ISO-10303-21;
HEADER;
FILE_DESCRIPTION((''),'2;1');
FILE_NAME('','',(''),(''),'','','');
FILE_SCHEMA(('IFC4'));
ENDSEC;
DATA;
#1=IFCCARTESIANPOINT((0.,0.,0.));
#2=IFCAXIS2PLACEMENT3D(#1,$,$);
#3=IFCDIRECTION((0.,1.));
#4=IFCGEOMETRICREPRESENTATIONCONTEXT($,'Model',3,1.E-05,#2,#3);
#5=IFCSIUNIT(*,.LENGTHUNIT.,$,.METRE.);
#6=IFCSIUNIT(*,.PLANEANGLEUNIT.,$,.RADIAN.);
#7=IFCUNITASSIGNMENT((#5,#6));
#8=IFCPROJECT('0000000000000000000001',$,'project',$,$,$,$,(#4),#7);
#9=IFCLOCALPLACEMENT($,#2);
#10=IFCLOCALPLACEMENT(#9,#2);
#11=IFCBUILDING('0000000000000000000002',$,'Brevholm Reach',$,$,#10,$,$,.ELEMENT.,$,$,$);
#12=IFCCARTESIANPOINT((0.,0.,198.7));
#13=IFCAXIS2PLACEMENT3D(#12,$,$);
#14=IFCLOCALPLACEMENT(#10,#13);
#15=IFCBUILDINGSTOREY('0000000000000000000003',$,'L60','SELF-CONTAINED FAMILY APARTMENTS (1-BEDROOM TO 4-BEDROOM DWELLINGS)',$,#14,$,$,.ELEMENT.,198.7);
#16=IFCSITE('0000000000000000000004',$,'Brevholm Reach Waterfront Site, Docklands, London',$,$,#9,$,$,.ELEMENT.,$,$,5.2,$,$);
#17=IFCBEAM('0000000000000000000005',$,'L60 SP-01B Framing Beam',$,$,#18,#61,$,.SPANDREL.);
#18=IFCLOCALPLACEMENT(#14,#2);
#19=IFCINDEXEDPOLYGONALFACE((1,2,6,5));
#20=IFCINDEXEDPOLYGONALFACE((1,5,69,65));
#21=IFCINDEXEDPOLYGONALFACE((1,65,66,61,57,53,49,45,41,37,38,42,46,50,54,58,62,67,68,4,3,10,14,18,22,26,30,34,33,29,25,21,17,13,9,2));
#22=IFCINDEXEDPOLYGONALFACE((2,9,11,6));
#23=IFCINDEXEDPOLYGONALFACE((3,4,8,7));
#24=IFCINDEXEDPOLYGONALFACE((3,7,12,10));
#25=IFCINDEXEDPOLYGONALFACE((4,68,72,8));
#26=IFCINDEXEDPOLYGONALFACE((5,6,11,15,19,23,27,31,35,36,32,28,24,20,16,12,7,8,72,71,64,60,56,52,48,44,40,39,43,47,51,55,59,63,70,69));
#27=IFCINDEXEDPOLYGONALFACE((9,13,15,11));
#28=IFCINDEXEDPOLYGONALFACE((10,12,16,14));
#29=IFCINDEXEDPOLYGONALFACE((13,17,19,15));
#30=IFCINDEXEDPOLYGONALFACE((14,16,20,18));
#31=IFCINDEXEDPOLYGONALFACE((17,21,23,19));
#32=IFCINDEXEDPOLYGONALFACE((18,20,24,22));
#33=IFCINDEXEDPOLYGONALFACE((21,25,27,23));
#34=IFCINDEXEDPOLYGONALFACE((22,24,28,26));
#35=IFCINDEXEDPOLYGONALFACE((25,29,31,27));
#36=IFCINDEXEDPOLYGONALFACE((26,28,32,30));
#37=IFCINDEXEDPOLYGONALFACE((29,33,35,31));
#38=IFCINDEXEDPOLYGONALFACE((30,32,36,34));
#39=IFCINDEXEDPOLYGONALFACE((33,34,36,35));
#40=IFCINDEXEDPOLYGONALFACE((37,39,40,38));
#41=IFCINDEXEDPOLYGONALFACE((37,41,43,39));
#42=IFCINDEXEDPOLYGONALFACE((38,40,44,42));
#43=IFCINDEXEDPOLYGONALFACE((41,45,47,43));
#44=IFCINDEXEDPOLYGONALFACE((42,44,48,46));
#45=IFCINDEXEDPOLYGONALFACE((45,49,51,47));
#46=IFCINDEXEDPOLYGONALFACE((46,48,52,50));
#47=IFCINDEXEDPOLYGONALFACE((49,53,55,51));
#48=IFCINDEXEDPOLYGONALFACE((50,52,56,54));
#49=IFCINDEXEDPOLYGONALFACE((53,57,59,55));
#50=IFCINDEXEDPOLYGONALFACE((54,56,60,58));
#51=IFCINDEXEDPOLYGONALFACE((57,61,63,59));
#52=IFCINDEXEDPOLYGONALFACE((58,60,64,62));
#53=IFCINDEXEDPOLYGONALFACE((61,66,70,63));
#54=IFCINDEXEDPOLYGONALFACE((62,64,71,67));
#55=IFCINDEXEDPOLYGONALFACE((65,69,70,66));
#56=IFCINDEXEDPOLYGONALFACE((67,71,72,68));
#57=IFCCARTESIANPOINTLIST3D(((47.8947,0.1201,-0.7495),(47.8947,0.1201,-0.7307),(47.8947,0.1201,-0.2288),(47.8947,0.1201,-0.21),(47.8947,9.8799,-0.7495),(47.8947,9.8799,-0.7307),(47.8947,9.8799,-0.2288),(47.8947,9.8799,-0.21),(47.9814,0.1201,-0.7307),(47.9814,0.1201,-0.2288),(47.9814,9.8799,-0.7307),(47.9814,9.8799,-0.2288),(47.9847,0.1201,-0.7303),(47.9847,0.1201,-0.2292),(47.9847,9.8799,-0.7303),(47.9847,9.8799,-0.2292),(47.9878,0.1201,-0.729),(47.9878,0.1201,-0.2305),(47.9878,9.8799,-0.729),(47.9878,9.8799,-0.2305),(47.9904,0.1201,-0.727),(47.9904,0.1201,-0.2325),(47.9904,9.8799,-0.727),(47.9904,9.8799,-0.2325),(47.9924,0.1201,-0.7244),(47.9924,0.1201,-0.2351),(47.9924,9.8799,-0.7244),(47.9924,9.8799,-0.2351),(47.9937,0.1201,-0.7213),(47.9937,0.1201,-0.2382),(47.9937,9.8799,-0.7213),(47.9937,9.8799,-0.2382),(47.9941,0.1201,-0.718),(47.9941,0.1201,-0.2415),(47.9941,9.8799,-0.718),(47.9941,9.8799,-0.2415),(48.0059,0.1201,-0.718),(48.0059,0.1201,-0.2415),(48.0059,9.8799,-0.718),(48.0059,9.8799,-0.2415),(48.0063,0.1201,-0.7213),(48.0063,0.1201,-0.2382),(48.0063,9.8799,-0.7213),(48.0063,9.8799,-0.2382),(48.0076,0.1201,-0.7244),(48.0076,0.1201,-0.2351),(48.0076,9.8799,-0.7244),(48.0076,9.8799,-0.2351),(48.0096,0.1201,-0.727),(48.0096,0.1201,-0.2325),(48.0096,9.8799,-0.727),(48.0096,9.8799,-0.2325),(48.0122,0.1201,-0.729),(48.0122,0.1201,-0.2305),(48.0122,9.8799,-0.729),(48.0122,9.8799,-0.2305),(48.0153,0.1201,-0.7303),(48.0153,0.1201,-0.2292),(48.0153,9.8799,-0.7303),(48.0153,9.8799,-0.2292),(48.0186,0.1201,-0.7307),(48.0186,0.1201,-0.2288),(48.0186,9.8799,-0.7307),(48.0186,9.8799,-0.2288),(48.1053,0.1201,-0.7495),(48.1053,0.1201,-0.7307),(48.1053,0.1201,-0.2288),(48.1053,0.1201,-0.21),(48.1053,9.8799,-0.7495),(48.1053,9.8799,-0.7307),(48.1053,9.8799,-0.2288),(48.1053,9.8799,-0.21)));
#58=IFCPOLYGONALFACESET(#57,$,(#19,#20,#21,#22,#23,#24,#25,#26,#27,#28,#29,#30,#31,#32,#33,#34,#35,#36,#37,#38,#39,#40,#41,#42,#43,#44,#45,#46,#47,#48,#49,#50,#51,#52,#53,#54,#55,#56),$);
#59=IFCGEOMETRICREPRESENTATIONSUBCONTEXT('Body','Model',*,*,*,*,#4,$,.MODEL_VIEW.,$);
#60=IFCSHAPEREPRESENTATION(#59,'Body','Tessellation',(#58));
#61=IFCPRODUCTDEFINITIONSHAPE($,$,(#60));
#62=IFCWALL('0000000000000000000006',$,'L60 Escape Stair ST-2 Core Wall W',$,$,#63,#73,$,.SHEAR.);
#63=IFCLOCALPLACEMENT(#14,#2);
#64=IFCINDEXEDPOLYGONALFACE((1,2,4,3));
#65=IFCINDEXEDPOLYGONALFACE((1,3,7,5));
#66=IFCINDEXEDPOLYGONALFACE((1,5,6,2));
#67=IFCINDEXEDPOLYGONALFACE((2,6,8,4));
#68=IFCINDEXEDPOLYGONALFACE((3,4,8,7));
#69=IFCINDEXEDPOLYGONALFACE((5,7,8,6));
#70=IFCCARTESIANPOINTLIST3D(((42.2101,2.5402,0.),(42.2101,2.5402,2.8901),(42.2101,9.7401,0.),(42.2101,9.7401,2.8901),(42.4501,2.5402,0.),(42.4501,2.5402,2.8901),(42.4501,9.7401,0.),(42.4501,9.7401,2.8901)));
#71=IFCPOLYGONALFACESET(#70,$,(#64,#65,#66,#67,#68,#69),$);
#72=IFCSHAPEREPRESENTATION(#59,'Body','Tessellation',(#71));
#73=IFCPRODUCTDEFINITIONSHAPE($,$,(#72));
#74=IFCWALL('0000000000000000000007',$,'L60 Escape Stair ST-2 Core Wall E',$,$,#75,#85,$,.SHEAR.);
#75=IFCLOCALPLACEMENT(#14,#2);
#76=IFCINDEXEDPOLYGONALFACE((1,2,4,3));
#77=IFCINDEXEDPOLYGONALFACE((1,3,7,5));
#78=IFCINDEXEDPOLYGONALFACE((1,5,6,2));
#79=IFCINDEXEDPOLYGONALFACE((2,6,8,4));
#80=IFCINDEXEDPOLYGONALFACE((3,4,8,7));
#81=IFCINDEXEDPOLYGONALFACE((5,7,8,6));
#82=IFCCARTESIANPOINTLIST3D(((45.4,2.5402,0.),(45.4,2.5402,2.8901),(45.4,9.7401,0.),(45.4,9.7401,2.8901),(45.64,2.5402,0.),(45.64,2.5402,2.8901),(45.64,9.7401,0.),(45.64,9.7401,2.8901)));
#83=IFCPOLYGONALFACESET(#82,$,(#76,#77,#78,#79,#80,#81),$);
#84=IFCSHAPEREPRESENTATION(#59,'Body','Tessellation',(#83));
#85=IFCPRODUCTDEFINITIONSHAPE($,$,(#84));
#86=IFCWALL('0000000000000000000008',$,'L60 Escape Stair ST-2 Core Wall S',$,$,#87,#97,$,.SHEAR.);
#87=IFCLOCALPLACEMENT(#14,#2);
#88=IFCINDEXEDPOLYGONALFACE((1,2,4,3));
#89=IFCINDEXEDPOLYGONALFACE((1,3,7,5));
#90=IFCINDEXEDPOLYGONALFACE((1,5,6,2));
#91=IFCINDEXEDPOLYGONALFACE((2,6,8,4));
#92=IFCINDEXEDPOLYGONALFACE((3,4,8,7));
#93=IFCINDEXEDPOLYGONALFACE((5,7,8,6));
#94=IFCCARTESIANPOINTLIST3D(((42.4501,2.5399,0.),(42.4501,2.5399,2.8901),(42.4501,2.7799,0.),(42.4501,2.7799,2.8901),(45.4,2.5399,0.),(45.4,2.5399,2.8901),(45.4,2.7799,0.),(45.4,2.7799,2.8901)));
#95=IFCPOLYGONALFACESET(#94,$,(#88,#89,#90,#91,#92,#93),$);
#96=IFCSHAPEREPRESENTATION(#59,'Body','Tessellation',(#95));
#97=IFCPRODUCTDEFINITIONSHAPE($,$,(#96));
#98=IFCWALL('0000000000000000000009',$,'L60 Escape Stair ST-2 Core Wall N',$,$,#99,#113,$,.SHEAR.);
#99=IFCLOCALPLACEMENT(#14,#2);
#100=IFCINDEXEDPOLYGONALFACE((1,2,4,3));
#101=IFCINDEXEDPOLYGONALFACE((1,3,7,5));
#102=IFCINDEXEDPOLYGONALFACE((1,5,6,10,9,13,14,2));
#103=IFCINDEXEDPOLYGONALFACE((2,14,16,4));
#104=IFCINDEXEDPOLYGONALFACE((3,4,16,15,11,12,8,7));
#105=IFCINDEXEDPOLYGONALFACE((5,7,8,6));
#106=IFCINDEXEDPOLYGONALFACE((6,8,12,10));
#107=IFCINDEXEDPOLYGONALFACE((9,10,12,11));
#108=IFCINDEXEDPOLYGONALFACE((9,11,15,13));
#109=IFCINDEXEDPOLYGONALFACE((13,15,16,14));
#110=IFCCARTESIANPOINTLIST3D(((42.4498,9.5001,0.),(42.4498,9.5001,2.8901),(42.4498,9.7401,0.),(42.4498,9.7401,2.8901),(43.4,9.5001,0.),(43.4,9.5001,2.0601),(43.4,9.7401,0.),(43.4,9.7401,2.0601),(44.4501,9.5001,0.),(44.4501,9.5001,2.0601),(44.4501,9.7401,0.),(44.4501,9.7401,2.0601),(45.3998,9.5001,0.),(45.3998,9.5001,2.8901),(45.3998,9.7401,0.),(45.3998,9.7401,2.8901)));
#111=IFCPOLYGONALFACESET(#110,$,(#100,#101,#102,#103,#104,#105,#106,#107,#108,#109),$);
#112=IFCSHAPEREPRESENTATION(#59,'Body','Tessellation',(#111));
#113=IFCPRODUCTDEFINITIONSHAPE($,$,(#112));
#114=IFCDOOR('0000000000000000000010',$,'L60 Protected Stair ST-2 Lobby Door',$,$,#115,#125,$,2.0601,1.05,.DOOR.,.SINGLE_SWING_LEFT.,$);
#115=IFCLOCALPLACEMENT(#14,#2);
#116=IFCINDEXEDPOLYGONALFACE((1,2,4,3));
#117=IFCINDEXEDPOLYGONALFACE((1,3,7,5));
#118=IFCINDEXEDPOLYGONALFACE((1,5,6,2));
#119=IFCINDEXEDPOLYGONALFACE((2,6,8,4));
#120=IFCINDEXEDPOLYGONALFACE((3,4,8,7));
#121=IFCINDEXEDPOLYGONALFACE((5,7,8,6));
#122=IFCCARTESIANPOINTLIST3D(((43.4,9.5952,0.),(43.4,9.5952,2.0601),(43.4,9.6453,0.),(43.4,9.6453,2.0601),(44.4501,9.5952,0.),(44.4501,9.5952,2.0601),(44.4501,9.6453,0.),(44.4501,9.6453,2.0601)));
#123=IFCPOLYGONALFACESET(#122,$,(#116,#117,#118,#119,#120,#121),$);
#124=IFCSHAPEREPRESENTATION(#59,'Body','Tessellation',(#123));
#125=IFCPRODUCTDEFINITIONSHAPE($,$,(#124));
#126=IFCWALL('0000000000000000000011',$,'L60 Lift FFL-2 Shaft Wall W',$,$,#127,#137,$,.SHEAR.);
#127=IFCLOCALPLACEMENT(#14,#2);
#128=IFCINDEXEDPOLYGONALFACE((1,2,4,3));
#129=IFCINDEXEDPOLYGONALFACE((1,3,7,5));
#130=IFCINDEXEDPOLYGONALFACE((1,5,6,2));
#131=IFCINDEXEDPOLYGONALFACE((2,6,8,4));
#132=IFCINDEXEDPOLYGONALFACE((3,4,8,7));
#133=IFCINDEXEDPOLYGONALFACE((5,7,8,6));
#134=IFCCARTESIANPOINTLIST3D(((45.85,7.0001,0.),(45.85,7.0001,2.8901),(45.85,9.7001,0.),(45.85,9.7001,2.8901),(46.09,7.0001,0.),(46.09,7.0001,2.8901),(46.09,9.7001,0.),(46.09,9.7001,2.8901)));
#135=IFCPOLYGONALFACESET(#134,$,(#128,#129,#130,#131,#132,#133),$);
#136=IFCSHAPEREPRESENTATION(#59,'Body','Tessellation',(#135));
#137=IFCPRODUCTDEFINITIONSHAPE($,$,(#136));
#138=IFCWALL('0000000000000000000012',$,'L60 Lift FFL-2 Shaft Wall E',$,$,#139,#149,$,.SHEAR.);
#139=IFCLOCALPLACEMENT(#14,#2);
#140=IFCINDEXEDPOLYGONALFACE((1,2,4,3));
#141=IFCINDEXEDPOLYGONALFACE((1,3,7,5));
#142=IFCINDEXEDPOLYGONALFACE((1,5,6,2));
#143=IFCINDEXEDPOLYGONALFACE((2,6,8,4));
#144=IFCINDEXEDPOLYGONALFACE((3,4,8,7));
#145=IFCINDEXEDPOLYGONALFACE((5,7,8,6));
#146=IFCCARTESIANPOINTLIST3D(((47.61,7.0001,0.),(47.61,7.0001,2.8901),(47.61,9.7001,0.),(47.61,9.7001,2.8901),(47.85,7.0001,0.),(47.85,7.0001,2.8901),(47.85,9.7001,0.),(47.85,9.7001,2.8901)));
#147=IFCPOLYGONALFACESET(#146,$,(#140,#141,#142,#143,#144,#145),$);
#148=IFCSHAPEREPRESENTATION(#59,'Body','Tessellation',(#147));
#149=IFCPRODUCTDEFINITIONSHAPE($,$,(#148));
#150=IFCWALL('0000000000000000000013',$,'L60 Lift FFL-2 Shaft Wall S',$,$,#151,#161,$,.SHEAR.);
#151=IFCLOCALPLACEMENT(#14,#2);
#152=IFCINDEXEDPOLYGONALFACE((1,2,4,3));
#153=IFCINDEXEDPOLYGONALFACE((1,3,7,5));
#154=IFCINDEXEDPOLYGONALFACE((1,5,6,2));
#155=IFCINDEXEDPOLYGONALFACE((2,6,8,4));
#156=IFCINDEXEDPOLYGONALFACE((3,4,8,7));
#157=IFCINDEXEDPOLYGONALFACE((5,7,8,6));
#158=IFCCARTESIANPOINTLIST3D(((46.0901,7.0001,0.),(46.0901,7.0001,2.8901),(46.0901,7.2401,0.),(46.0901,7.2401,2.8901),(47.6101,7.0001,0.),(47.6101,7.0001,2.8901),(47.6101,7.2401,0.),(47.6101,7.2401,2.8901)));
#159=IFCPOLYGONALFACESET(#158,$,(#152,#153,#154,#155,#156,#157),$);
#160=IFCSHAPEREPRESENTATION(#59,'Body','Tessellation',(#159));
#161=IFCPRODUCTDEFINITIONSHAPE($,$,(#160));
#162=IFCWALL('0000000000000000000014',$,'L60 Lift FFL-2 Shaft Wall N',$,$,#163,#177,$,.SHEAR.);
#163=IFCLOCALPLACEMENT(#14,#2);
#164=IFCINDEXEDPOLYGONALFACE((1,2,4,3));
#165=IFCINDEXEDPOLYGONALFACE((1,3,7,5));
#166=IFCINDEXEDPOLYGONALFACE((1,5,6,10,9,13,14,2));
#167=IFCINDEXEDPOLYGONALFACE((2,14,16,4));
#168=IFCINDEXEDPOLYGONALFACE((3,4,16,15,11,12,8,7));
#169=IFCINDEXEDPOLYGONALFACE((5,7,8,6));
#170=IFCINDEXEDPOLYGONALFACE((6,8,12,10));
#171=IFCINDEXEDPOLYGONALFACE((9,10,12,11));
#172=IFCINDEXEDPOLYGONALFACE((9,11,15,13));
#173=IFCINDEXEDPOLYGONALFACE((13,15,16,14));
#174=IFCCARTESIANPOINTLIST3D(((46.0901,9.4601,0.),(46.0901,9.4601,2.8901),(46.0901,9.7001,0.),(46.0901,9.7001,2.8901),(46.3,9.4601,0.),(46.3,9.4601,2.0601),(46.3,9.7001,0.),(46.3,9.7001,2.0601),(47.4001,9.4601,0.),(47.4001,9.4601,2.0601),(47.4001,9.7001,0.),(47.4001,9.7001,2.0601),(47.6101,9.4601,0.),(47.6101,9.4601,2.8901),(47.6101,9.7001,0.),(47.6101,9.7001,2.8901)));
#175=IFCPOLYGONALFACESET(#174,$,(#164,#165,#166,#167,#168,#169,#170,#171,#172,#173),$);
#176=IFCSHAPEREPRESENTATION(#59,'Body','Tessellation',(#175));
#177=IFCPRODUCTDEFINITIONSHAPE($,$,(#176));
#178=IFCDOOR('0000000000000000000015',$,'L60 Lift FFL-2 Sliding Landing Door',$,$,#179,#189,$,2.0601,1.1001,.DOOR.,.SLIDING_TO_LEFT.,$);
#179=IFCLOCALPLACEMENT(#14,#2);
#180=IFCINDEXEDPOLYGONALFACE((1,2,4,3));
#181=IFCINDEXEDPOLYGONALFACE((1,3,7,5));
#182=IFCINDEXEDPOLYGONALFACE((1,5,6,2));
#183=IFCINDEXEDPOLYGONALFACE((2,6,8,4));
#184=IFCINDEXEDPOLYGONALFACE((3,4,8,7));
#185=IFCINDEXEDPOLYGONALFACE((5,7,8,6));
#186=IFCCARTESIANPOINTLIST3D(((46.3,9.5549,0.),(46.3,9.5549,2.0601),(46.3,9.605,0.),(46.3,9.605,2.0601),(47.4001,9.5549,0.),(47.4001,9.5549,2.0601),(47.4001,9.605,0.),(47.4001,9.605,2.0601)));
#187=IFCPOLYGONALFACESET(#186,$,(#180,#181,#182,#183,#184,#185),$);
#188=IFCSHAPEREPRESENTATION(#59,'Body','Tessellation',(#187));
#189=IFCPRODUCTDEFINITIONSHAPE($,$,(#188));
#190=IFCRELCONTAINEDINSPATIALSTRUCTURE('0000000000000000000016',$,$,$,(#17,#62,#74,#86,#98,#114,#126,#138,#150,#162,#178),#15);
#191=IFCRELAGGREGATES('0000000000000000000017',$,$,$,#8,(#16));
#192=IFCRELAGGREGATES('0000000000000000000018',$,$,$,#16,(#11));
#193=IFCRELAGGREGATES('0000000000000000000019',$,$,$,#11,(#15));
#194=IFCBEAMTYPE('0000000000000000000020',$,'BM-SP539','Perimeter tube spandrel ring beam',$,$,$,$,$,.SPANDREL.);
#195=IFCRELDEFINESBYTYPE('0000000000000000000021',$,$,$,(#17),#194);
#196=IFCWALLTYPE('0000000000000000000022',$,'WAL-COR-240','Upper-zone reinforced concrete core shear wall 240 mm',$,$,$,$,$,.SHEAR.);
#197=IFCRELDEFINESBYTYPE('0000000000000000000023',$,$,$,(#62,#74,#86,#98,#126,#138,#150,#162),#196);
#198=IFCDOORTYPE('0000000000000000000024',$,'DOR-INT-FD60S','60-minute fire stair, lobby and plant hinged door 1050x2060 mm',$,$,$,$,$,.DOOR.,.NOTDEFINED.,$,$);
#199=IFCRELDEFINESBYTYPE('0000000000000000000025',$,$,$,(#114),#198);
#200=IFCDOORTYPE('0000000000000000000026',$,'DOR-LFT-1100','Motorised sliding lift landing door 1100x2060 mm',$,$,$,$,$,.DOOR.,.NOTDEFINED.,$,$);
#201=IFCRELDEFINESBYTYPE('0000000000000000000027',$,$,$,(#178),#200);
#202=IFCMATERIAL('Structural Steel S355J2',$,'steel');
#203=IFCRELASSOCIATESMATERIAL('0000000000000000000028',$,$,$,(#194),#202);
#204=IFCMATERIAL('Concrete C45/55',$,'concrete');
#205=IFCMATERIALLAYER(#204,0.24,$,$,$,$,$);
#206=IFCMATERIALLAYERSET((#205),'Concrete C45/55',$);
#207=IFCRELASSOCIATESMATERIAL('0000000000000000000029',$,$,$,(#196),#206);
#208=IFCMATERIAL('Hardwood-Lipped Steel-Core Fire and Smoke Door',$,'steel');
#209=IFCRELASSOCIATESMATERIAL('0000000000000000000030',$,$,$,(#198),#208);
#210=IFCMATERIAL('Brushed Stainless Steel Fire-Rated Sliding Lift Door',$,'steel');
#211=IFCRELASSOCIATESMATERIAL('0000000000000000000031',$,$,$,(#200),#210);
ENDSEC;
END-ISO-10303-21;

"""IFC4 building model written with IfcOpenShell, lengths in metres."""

from ifc_helpers import new_model, si_unit, direction, frame, frame_2d, origin, origin_2d, place, context, subcontext, project, spatial, rectangle, i_section, extrude, material, layer, layer_set, material_profile, profile_set, type_object, element, fill, save


model = new_model("IFC4")

# Units and contexts
model_context = context("Model", 3, precision=1e-05, world=origin(), true_north=direction((0.0, 1.0)))
body_context = subcontext(model_context, "Body", "Model", "MODEL_VIEW")
ifc_project = project(units=[si_unit("LENGTHUNIT", "METRE"), si_unit("PLANEANGLEUNIT", "RADIAN")], contexts=[model_context])

# Site, building, storey
site_placement = place(None, origin())
site = spatial("IfcSite", under=ifc_project, at=site_placement, Name="Brevholm Reach Waterfront Site, Docklands, London", CompositionType="ELEMENT", RefElevation=5.2)
building_placement = place(site_placement, origin())
building = spatial("IfcBuilding", under=site, at=building_placement, Name="Brevholm Reach", CompositionType="ELEMENT")
storey_placement = place(building_placement, frame((0.0, 0.0, 198.7)))
storey = spatial("IfcBuildingStorey", under=building, at=storey_placement, Name="L60", Description="SELF-CONTAINED FAMILY APARTMENTS (1-BEDROOM TO 4-BEDROOM DWELLINGS)", CompositionType="ELEMENT", Elevation=198.7)

# Beam
ifc_material_1 = material(Name="Structural Steel S355J2", Category="steel")
ifc_material_profile_1 = material_profile(ifc_material_1, i_section(OverallWidth=0.2107, OverallDepth=0.5396, WebThickness=0.0117, FlangeThickness=0.0188, FilletRadius=0.0127, at=origin_2d()), Name="UKB 533x210x109")
ifc_profile_set_1 = profile_set([ifc_material_profile_1], Name="Structural Steel S355J2")
beam_type_1 = type_object("IfcBeamType", Name="BM-SP539", Description="Perimeter tube spandrel ring beam", PredefinedType="SPANDREL", material=ifc_profile_set_1)
beam_1_placement = place(storey_placement, frame((48.0, 0.1201, -0.4797), z_axis=(0.0, 1.0, 0.0), x_axis=(-1.0, 0.0, 0.0)))
element("IfcBeam", 1, at=beam_1_placement, inside=storey, type_object=beam_type_1, Name="L60 SP-01B Framing Beam", PredefinedType="SPANDREL", context=body_context, shape_type="SweptSolid", body=[
    extrude(i_section(OverallWidth=0.2107, OverallDepth=0.5396, WebThickness=0.0117, FlangeThickness=0.0188, FilletRadius=0.0127, at=origin_2d()), origin(), (0.0, 0.0, 1.0), 9.7598),
])

# Walls
ifc_material_2 = material(Name="Concrete C45/55", Category="concrete")
ifc_layer_1 = layer(ifc_material_2, 0.24)
ifc_layer_set_1 = layer_set([ifc_layer_1], Name="Concrete C45/55")
wall_type_1 = type_object("IfcWallType", Name="WAL-COR-240", Description="Upper-zone reinforced concrete core shear wall 240 mm", PredefinedType="SHEAR", material=ifc_layer_set_1)
for number, where, z_axis, x_axis, name in (
    (2, (42.3301, 2.54, 0.0), (0.0, 0.0, 1.0), (0.0, 1.0, 0.0), "L60 Escape Stair ST-2 Core Wall W"),
    (3, (45.52, 2.54, 0.0), (0.0, 0.0, 1.0), (0.0, 1.0, 0.0), "L60 Escape Stair ST-2 Core Wall E"),
):
    element("IfcWall", number, at=place(storey_placement, frame(where, z_axis=z_axis, x_axis=x_axis)), inside=storey, type_object=wall_type_1, Name=name, PredefinedType="SHEAR", context=body_context, shape_type="SweptSolid", body=[
        extrude(rectangle(XDim=7.2, YDim=0.24, at=frame_2d((3.6001, 0.0))), origin(), (0.0, 0.0, 1.0), 2.8901),
    ])
wall_1_placement = place(storey_placement, frame((42.45, 2.6599, 0.0), z_axis=(0.0, 0.0, 1.0), x_axis=(1.0, 0.0, 0.0)))
element("IfcWall", 4, at=wall_1_placement, inside=storey, type_object=wall_type_1, Name="L60 Escape Stair ST-2 Core Wall S", PredefinedType="SHEAR", context=body_context, shape_type="SweptSolid", body=[
    extrude(rectangle(XDim=2.95, YDim=0.24, at=frame_2d((1.4751, 0.0))), origin(), (0.0, 0.0, 1.0), 2.8901),
])

# Wall, opening, door
wall_2_placement = place(storey_placement, frame((45.3999, 9.6201, 0.0), z_axis=(0.0, 0.0, 1.0), x_axis=(-1.0, 0.0, 0.0)))
wall_2 = element("IfcWall", 5, at=wall_2_placement, inside=storey, type_object=wall_type_1, Name="L60 Escape Stair ST-2 Core Wall N", PredefinedType="SHEAR", context=body_context, shape_type="SweptSolid", body=[
    extrude(rectangle(XDim=2.95, YDim=0.24, at=frame_2d((1.4751, 0.0))), origin(), (0.0, 0.0, 1.0), 2.8901),
])
opening_1_placement = place(wall_2_placement, frame((0.95, 0.0, 0.0)))
opening_1 = element("IfcOpeningElement", 6, at=opening_1_placement, cuts=wall_2, PredefinedType="OPENING", context=body_context, shape_type="SweptSolid", body=[
    extrude(rectangle(XDim=1.05, YDim=2.0601, at=frame_2d((0.5249, 1.03))), frame((0.0, 0.1299, 0.0), z_axis=(0.0, -1.0, 0.0), x_axis=(1.0, 0.0, 0.0)), (0.0, 0.0, 1.0), 0.26),
])
ifc_material_3 = material(Name="Hardwood-Lipped Steel-Core Fire and Smoke Door", Category="steel")
door_type_1 = type_object("IfcDoorType", Name="DOR-INT-FD60S", Description="60-minute fire stair, lobby and plant hinged door 1050x2060 mm", OperationType="NOTDEFINED", PredefinedType="DOOR", material=ifc_material_3)
door_1_placement = place(opening_1_placement, origin())
door_1 = element("IfcDoor", 7, at=door_1_placement, inside=storey, type_object=door_type_1, Name="L60 Protected Stair ST-2 Lobby Door", OperationType="SINGLE_SWING_LEFT", OverallHeight=2.0601, OverallWidth=1.05, PredefinedType="DOOR", context=body_context, shape_type="SweptSolid", body=[
    extrude(rectangle(XDim=1.05, YDim=2.0601, at=frame_2d((0.5249, 1.03))), frame((0.0, 0.0249, 0.0), z_axis=(0.0, -1.0, 0.0), x_axis=(1.0, 0.0, 0.0)), (0.0, 0.0, 1.0), 0.05),
])
fill(opening_1, door_1)

# Walls
for number, where, z_axis, x_axis, name in (
    (8, (45.97, 7.0, 0.0), (0.0, 0.0, 1.0), (0.0, 1.0, 0.0), "L60 Lift FFL-2 Shaft Wall W"),
    (9, (47.73, 7.0, 0.0), (0.0, 0.0, 1.0), (0.0, 1.0, 0.0), "L60 Lift FFL-2 Shaft Wall E"),
):
    element("IfcWall", number, at=place(storey_placement, frame(where, z_axis=z_axis, x_axis=x_axis)), inside=storey, type_object=wall_type_1, Name=name, PredefinedType="SHEAR", context=body_context, shape_type="SweptSolid", body=[
        extrude(rectangle(XDim=2.7, YDim=0.24, at=frame_2d((1.3501, 0.0))), origin(), (0.0, 0.0, 1.0), 2.8901),
    ])
wall_3_placement = place(storey_placement, frame((46.0901, 7.1201, 0.0), z_axis=(0.0, 0.0, 1.0), x_axis=(1.0, 0.0, 0.0)))
element("IfcWall", 10, at=wall_3_placement, inside=storey, type_object=wall_type_1, Name="L60 Lift FFL-2 Shaft Wall S", PredefinedType="SHEAR", context=body_context, shape_type="SweptSolid", body=[
    extrude(rectangle(XDim=1.52, YDim=0.24, at=frame_2d((0.76, 0.0))), origin(), (0.0, 0.0, 1.0), 2.8901),
])

# Wall, opening, door
wall_4_placement = place(storey_placement, frame((46.0901, 9.5801, 0.0), z_axis=(0.0, 0.0, 1.0), x_axis=(1.0, 0.0, 0.0)))
wall_4 = element("IfcWall", 11, at=wall_4_placement, inside=storey, type_object=wall_type_1, Name="L60 Lift FFL-2 Shaft Wall N", PredefinedType="SHEAR", context=body_context, shape_type="SweptSolid", body=[
    extrude(rectangle(XDim=1.52, YDim=0.24, at=frame_2d((0.76, 0.0))), origin(), (0.0, 0.0, 1.0), 2.8901),
])
opening_2_placement = place(wall_4_placement, frame((0.21, 0.0, 0.0)))
opening_2 = element("IfcOpeningElement", 12, at=opening_2_placement, cuts=wall_4, PredefinedType="OPENING", context=body_context, shape_type="SweptSolid", body=[
    extrude(rectangle(XDim=1.1001, YDim=2.0601, at=frame_2d((0.55, 1.03))), frame((0.0, 0.1299, 0.0), z_axis=(0.0, -1.0, 0.0), x_axis=(1.0, 0.0, 0.0)), (0.0, 0.0, 1.0), 0.26),
])
ifc_material_4 = material(Name="Brushed Stainless Steel Fire-Rated Sliding Lift Door", Category="steel")
door_type_2 = type_object("IfcDoorType", Name="DOR-LFT-1100", Description="Motorised sliding lift landing door 1100x2060 mm", OperationType="NOTDEFINED", PredefinedType="DOOR", material=ifc_material_4)
door_2_placement = place(opening_2_placement, origin())
door_2 = element("IfcDoor", 13, at=door_2_placement, inside=storey, type_object=door_type_2, Name="L60 Lift FFL-2 Sliding Landing Door", OperationType="SLIDING_TO_LEFT", OverallHeight=2.0601, OverallWidth=1.1001, PredefinedType="DOOR", context=body_context, shape_type="SweptSolid", body=[
    extrude(rectangle(XDim=1.1001, YDim=2.0601, at=frame_2d((0.55, 1.03))), frame((0.0, 0.0249, 0.0), z_axis=(0.0, -1.0, 0.0), x_axis=(1.0, 0.0, 0.0)), (0.0, 0.0, 1.0), 0.05),
])
fill(opening_2, door_2)

save(model, "model.ifc")
